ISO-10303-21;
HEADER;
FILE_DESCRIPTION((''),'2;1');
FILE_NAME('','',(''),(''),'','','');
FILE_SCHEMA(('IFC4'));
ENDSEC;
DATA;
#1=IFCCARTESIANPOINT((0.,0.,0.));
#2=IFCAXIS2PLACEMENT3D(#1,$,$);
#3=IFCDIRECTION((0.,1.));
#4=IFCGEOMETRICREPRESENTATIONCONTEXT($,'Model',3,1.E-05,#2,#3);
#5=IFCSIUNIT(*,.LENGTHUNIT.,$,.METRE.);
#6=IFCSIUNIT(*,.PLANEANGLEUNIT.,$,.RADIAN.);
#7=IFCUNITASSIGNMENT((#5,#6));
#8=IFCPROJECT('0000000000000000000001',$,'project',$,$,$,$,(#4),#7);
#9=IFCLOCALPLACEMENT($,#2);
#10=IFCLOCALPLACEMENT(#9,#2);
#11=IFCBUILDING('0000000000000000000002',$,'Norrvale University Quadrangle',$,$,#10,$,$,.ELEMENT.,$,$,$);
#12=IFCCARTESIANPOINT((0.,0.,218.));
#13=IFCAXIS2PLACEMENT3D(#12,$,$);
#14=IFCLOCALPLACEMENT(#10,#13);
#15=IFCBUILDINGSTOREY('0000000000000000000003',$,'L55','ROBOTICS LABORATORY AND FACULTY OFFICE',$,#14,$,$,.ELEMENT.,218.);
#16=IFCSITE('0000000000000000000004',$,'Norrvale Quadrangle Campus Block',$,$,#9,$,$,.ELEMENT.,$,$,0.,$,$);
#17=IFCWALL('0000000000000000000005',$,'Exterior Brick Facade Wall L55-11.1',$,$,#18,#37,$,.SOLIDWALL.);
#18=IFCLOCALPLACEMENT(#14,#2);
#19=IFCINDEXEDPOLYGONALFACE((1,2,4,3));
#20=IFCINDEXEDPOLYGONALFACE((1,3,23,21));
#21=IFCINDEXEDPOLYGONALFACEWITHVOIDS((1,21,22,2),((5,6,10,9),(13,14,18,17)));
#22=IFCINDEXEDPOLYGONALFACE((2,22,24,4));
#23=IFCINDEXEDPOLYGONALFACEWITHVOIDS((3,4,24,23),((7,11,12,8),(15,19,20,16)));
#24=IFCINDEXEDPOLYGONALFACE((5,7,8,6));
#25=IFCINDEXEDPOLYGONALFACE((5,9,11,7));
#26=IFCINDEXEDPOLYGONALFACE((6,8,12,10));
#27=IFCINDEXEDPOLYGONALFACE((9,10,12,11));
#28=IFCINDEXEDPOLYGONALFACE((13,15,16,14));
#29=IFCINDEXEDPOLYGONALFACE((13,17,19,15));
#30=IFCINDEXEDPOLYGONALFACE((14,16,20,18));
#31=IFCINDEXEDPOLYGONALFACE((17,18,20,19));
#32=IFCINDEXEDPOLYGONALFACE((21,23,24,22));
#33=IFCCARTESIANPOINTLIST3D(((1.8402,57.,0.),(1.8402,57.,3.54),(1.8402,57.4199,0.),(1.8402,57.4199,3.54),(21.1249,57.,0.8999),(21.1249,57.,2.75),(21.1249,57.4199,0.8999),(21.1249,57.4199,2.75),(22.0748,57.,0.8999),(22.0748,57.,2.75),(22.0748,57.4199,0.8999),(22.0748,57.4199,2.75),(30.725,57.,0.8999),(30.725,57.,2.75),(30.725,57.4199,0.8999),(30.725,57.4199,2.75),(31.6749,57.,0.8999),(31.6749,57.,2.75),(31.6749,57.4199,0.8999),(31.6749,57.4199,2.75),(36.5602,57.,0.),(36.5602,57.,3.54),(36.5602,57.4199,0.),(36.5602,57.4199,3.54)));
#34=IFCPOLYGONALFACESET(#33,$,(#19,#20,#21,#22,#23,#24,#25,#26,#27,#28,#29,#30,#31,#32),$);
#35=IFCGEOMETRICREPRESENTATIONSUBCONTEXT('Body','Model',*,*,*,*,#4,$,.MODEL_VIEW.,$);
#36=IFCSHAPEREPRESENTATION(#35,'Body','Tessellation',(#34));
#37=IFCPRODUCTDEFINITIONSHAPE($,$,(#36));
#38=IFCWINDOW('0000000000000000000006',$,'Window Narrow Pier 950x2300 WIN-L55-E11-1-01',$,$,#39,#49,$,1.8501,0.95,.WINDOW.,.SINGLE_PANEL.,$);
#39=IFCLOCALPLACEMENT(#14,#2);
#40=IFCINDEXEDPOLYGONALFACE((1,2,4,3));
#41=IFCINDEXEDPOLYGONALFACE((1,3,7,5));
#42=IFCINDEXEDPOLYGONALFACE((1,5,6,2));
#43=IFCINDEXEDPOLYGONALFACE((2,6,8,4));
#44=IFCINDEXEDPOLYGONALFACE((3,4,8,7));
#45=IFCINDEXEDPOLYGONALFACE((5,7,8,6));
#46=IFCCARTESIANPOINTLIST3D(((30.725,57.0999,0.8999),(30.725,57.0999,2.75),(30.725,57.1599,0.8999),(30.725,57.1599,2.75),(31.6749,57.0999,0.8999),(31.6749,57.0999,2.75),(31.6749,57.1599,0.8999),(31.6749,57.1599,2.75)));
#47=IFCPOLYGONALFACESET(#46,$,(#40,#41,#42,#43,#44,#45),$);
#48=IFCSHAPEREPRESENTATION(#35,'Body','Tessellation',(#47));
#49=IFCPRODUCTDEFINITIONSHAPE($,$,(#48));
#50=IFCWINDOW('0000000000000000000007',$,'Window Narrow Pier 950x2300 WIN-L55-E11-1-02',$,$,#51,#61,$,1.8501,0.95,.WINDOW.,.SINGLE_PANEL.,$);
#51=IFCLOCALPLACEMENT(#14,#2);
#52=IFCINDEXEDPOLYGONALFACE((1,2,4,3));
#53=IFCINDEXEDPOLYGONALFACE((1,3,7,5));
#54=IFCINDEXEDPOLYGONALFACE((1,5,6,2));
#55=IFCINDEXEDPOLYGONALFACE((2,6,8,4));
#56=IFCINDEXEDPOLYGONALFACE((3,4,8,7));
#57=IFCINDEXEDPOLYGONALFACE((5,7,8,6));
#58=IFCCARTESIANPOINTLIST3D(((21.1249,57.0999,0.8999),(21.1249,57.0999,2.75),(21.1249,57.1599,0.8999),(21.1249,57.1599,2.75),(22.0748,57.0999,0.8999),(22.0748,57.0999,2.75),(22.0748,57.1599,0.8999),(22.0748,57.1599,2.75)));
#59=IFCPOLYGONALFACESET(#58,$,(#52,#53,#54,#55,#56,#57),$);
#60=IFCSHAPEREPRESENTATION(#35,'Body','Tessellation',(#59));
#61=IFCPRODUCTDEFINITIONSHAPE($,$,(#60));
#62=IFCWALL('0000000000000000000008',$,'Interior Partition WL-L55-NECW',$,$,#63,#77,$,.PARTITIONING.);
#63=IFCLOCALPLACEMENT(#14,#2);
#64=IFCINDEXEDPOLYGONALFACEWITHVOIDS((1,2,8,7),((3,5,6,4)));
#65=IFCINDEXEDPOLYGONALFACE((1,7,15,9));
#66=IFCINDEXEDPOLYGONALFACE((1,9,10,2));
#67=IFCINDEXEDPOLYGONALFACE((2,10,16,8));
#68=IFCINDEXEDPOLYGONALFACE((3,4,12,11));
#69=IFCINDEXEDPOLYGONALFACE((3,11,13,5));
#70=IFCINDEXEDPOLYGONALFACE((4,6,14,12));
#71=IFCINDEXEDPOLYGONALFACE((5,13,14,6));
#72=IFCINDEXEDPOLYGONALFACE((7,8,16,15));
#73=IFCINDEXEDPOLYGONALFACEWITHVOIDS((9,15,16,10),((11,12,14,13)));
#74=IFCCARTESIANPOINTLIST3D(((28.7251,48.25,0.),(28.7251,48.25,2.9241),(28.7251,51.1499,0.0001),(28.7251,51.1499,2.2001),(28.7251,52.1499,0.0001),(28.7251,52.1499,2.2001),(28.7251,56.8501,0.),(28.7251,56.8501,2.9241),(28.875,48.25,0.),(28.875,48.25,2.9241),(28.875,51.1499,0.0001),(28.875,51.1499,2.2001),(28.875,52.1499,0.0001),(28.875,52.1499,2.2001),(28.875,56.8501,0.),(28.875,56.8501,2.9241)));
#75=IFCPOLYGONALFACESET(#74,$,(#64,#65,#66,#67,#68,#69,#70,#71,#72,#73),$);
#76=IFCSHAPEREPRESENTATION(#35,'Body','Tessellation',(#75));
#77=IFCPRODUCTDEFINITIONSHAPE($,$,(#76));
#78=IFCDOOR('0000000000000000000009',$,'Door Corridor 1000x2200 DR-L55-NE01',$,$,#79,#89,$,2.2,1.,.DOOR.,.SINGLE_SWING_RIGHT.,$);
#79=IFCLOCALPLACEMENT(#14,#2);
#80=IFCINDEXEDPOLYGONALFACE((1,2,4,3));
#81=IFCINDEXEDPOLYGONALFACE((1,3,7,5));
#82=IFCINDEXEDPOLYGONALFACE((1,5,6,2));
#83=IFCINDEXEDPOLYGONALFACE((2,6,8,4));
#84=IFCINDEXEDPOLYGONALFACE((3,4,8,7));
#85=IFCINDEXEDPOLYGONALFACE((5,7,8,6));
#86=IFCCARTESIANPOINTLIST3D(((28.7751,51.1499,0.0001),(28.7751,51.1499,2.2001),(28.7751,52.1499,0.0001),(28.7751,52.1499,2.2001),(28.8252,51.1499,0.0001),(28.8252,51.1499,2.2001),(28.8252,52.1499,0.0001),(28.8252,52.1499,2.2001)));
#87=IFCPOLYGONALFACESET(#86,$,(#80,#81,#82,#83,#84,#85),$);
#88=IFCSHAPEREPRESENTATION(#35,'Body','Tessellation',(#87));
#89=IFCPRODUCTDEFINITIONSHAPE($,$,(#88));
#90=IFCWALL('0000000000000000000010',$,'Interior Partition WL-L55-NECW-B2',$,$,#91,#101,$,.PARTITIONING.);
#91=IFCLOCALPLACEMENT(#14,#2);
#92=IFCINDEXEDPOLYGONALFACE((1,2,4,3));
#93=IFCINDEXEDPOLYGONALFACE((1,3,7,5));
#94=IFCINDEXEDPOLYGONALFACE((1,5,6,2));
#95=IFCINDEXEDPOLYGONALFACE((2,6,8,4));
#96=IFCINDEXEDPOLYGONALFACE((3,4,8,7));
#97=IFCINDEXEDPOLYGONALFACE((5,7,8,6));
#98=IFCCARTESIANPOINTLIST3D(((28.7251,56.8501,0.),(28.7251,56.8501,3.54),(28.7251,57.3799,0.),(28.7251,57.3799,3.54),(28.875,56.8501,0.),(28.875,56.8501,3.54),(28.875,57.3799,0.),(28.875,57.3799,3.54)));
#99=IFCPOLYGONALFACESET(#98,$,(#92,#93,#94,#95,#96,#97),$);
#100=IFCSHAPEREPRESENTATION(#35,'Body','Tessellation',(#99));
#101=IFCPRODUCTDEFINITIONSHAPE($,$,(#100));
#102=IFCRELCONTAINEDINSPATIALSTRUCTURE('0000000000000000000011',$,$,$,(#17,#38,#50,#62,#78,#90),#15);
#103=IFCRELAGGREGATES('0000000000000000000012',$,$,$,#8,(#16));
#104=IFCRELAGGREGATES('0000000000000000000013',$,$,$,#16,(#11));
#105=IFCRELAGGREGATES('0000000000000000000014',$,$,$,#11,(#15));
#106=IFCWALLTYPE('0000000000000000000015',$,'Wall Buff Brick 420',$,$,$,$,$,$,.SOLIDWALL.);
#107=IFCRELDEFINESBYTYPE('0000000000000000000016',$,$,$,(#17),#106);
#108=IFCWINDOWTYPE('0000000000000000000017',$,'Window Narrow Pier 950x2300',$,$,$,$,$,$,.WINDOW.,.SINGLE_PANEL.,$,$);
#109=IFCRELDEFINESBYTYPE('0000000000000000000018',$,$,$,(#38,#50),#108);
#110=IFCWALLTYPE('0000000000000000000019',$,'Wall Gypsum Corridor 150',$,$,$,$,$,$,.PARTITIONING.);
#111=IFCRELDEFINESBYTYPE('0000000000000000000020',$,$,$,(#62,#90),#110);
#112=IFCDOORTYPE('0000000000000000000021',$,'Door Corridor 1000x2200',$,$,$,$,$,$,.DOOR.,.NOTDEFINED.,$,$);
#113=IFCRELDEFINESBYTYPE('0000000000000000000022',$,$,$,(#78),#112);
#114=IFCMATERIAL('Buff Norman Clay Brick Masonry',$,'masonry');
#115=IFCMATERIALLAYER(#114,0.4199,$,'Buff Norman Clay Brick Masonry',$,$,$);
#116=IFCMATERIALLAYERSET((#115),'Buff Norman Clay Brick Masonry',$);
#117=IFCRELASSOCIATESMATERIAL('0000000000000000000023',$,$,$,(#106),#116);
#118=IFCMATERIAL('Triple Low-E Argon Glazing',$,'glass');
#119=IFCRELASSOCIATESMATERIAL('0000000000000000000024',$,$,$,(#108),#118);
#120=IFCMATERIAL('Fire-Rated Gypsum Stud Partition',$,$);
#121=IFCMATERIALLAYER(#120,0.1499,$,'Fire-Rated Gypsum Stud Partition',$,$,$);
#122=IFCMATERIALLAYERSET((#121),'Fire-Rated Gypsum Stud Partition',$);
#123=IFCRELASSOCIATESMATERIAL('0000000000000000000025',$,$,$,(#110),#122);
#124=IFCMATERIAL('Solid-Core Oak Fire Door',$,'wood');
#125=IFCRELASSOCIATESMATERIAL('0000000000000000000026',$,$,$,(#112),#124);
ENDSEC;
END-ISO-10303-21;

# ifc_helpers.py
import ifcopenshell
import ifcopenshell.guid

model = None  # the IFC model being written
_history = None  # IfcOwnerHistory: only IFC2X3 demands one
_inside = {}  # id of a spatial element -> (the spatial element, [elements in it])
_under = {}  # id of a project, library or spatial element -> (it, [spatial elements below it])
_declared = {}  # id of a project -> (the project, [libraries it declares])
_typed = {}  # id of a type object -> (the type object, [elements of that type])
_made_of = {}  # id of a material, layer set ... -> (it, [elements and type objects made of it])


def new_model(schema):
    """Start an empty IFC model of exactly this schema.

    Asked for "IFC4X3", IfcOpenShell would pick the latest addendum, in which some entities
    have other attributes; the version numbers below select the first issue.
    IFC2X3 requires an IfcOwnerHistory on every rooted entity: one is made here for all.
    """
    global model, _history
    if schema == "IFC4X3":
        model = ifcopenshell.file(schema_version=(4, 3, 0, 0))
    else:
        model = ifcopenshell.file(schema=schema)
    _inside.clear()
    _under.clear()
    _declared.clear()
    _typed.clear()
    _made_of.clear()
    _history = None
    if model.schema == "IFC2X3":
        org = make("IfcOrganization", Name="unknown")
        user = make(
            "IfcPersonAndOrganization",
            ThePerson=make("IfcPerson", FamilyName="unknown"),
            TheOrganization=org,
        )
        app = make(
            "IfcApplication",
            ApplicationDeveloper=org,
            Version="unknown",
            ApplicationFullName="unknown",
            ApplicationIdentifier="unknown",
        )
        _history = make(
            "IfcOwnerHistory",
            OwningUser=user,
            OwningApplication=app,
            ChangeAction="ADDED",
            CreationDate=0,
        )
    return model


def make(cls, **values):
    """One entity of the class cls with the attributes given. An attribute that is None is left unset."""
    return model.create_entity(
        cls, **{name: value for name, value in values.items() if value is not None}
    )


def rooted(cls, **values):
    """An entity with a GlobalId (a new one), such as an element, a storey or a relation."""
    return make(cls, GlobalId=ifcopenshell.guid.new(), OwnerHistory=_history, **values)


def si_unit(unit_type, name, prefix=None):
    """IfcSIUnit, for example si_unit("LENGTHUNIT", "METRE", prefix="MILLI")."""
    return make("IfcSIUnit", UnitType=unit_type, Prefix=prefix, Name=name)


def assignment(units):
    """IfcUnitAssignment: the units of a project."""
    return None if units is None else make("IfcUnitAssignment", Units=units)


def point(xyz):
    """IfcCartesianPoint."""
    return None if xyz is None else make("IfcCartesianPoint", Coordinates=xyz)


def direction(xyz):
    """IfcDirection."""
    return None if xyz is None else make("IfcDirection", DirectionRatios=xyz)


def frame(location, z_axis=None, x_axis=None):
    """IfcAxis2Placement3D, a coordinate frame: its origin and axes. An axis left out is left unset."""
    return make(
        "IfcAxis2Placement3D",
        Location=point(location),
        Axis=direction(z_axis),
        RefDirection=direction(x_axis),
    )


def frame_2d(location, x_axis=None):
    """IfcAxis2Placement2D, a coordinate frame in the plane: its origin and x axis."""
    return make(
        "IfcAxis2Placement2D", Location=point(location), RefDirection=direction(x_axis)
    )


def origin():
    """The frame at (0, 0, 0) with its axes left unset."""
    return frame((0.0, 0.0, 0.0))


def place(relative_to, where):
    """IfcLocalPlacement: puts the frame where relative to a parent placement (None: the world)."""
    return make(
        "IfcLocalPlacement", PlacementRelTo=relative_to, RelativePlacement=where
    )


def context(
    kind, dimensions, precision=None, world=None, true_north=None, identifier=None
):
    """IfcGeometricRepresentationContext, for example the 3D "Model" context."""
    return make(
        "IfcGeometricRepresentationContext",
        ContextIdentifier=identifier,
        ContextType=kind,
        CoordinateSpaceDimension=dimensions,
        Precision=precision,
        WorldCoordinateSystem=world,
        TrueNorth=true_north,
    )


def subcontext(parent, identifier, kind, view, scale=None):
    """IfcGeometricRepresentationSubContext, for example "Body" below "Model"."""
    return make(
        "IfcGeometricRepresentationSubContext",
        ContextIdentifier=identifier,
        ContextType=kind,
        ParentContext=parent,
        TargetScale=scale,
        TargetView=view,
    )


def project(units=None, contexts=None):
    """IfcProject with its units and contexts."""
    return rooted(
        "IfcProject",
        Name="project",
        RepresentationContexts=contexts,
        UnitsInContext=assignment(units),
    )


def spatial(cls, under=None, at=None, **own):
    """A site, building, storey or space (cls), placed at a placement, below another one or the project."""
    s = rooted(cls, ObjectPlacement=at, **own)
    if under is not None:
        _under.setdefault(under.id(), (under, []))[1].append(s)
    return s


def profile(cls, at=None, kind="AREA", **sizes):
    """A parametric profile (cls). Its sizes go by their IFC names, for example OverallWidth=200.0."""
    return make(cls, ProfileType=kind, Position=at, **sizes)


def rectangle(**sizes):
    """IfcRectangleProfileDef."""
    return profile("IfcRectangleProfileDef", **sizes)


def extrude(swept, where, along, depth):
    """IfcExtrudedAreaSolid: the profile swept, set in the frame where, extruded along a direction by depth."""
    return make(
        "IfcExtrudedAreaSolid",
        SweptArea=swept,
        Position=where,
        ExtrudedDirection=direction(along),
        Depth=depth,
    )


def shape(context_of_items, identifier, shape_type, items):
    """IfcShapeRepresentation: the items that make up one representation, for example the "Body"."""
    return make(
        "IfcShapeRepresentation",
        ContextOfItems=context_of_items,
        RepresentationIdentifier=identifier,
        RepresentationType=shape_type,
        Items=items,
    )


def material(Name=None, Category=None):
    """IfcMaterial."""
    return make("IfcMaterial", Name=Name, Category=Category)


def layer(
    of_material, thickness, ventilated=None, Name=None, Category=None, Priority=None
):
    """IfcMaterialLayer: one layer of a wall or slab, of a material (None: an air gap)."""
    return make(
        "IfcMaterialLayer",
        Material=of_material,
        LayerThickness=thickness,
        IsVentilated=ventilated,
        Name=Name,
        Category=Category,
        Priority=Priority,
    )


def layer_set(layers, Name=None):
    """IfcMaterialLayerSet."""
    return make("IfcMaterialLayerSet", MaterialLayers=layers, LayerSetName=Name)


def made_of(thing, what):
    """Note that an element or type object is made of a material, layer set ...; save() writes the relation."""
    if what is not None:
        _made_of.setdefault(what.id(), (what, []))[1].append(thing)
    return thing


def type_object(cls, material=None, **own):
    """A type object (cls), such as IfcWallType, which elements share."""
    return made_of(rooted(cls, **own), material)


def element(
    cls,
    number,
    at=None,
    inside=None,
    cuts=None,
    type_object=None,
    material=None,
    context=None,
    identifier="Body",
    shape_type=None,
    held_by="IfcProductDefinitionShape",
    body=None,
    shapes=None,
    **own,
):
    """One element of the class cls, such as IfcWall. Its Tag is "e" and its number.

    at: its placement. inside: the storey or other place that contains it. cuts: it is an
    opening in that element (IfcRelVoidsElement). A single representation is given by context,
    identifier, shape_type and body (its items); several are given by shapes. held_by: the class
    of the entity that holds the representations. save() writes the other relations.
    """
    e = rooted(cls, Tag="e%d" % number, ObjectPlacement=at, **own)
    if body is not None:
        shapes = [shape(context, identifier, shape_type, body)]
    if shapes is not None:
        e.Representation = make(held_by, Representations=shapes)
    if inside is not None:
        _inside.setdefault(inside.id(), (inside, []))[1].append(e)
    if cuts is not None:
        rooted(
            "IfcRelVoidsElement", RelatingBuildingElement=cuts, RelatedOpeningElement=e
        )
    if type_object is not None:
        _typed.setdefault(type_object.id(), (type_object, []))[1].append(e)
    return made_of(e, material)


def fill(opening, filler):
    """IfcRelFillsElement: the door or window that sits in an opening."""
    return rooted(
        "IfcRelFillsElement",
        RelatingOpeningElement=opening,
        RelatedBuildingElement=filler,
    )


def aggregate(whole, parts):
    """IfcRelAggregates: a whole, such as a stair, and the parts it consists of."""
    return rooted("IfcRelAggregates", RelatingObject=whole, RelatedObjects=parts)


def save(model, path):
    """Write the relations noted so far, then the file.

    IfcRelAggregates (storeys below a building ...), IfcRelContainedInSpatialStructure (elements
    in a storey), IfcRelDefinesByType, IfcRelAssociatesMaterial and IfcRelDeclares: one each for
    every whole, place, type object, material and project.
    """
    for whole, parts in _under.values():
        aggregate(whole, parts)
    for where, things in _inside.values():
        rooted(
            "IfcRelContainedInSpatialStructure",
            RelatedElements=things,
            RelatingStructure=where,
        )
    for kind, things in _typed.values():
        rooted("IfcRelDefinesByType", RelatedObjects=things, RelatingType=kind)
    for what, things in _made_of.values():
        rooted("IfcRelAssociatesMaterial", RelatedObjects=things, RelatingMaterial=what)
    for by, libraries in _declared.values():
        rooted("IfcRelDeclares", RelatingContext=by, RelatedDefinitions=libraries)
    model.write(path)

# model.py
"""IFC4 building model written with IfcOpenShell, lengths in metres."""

from ifc_helpers import new_model, si_unit, direction, frame, frame_2d, origin, place, context, subcontext, project, spatial, rectangle, extrude, material, layer, layer_set, type_object, element, fill, save


model = new_model("IFC4")

# Units and contexts
model_context = context("Model", 3, precision=1e-05, world=origin(), true_north=direction((0.0, 1.0)))
body_context = subcontext(model_context, "Body", "Model", "MODEL_VIEW")
ifc_project = project(units=[si_unit("LENGTHUNIT", "METRE"), si_unit("PLANEANGLEUNIT", "RADIAN")], contexts=[model_context])

# Site, building, storey
site_placement = place(None, origin())
site = spatial("IfcSite", under=ifc_project, at=site_placement, Name="Norrvale Quadrangle Campus Block", CompositionType="ELEMENT", RefElevation=0.0)
building_placement = place(site_placement, origin())
building = spatial("IfcBuilding", under=site, at=building_placement, Name="Norrvale University Quadrangle", CompositionType="ELEMENT")
storey_placement = place(building_placement, frame((0.0, 0.0, 218.0)))
storey = spatial("IfcBuildingStorey", under=building, at=storey_placement, Name="L55", Description="ROBOTICS LABORATORY AND FACULTY OFFICE", CompositionType="ELEMENT", Elevation=218.0)

# Shared definitions
ifc_material_1 = material(Name="Buff Norman Clay Brick Masonry", Category="masonry")
ifc_layer_1 = layer(ifc_material_1, 0.4199, Name="Buff Norman Clay Brick Masonry")
ifc_layer_set_1 = layer_set([ifc_layer_1], Name="Buff Norman Clay Brick Masonry")
wall_type_1 = type_object("IfcWallType", Name="Wall Buff Brick 420", PredefinedType="SOLIDWALL", material=ifc_layer_set_1)

# Shared definitions
ifc_material_2 = material(Name="Triple Low-E Argon Glazing", Category="glass")

# Wall, openings, windows
wall_1_placement = place(storey_placement, frame((36.5601, 57.21, 0.0), z_axis=(0.0, 0.0, 1.0), x_axis=(-1.0, 0.0, 0.0)))
wall_1 = element("IfcWall", 1, at=wall_1_placement, inside=storey, type_object=wall_type_1, Name="Exterior Brick Facade Wall L55-11.1", PredefinedType="SOLIDWALL", context=body_context, shape_type="SweptSolid", body=[
    extrude(rectangle(XDim=34.72, YDim=0.4199, at=frame_2d((17.3599, 0.0))), origin(), (0.0, 0.0, 1.0), 3.54),
])
opening_1_placement = place(wall_1_placement, frame((4.885, 0.0, 0.8999)))
opening_1 = element("IfcOpeningElement", 2, at=opening_1_placement, cuts=wall_1, PredefinedType="OPENING", context=body_context, shape_type="SweptSolid", body=[
    extrude(rectangle(XDim=0.95, YDim=1.8501, at=frame_2d((0.4751, 0.925))), frame((0.0, 0.2219, 0.0), z_axis=(0.0, -1.0, 0.0), x_axis=(1.0, 0.0, 0.0)), (0.0, 0.0, 1.0), 0.4438),
])
opening_2_placement = place(wall_1_placement, frame((14.4851, 0.0, 0.8999)))
opening_2 = element("IfcOpeningElement", 3, at=opening_2_placement, cuts=wall_1, PredefinedType="OPENING", context=body_context, shape_type="SweptSolid", body=[
    extrude(rectangle(XDim=0.95, YDim=1.8501, at=frame_2d((0.4751, 0.925))), frame((0.0, 0.2219, 0.0), z_axis=(0.0, -1.0, 0.0), x_axis=(1.0, 0.0, 0.0)), (0.0, 0.0, 1.0), 0.4438),
])
window_type_1 = type_object("IfcWindowType", Name="Window Narrow Pier 950x2300", PartitioningType="SINGLE_PANEL", PredefinedType="WINDOW", material=ifc_material_2)
window_1_placement = place(opening_1_placement, origin())
window_1 = element("IfcWindow", 4, at=window_1_placement, inside=storey, type_object=window_type_1, Name="Window Narrow Pier 950x2300 WIN-L55-E11-1-01", OverallHeight=1.8501, OverallWidth=0.95, PartitioningType="SINGLE_PANEL", PredefinedType="WINDOW", context=body_context, shape_type="SweptSolid", body=[
    extrude(rectangle(XDim=0.95, YDim=1.8501, at=frame_2d((0.4751, 0.925))), frame((0.0, 0.1101, 0.0), z_axis=(0.0, -1.0, 0.0), x_axis=(1.0, 0.0, 0.0)), (0.0, 0.0, 1.0), 0.0601),
])
fill(opening_1, window_1)
window_2_placement = place(opening_2_placement, origin())
window_2 = element("IfcWindow", 5, at=window_2_placement, inside=storey, type_object=window_type_1, Name="Window Narrow Pier 950x2300 WIN-L55-E11-1-02", OverallHeight=1.8501, OverallWidth=0.95, PartitioningType="SINGLE_PANEL", PredefinedType="WINDOW", context=body_context, shape_type="SweptSolid", body=[
    extrude(rectangle(XDim=0.95, YDim=1.8501, at=frame_2d((0.4751, 0.925))), frame((0.0, 0.1101, 0.0), z_axis=(0.0, -1.0, 0.0), x_axis=(1.0, 0.0, 0.0)), (0.0, 0.0, 1.0), 0.0601),
])
fill(opening_2, window_2)

# Wall, opening, door
ifc_material_3 = material(Name="Fire-Rated Gypsum Stud Partition")
ifc_layer_2 = layer(ifc_material_3, 0.1499, Name="Fire-Rated Gypsum Stud Partition")
ifc_layer_set_2 = layer_set([ifc_layer_2], Name="Fire-Rated Gypsum Stud Partition")
wall_type_2 = type_object("IfcWallType", Name="Wall Gypsum Corridor 150", PredefinedType="PARTITIONING", material=ifc_layer_set_2)
wall_2_placement = place(storey_placement, frame((28.8, 48.25, 0.0), z_axis=(0.0, 0.0, 1.0), x_axis=(0.0, 1.0, 0.0)))
wall_2 = element("IfcWall", 6, at=wall_2_placement, inside=storey, type_object=wall_type_2, Name="Interior Partition WL-L55-NECW", PredefinedType="PARTITIONING", context=body_context, shape_type="SweptSolid", body=[
    extrude(rectangle(XDim=8.6001, YDim=0.1499, at=frame_2d((4.3, 0.0))), origin(), (0.0, 0.0, 1.0), 2.9241),
])
opening_3_placement = place(wall_2_placement, frame((2.8999, 0.0, 0.0)))
opening_3 = element("IfcOpeningElement", 7, at=opening_3_placement, cuts=wall_2, PredefinedType="OPENING", context=body_context, shape_type="SweptSolid", body=[
    extrude(rectangle(XDim=1.0, YDim=2.2, at=frame_2d((0.5, 1.1001))), frame((0.0, 0.0869, 0.0), z_axis=(0.0, -1.0, 0.0), x_axis=(1.0, 0.0, 0.0)), (0.0, 0.0, 1.0), 0.1738),
])
ifc_material_4 = material(Name="Solid-Core Oak Fire Door", Category="wood")
door_type = type_object("IfcDoorType", Name="Door Corridor 1000x2200", OperationType="NOTDEFINED", PredefinedType="DOOR", material=ifc_material_4)
door_placement = place(opening_3_placement, origin())
door = element("IfcDoor", 8, at=door_placement, inside=storey, type_object=door_type, Name="Door Corridor 1000x2200 DR-L55-NE01", OperationType="SINGLE_SWING_RIGHT", OverallHeight=2.2, OverallWidth=1.0, PredefinedType="DOOR", context=body_context, shape_type="SweptSolid", body=[
    extrude(rectangle(XDim=1.0, YDim=2.2, at=frame_2d((0.5, 1.1001))), frame((0.0, 0.0249, 0.0), z_axis=(0.0, -1.0, 0.0), x_axis=(1.0, 0.0, 0.0)), (0.0, 0.0, 1.0), 0.05),
])
fill(opening_3, door)

# Wall
wall_3_placement = place(storey_placement, frame((28.8, 56.8501, 0.0), z_axis=(0.0, 0.0, 1.0), x_axis=(0.0, 1.0, 0.0)))
element("IfcWall", 9, at=wall_3_placement, inside=storey, type_object=wall_type_2, Name="Interior Partition WL-L55-NECW-B2", PredefinedType="PARTITIONING", context=body_context, shape_type="SweptSolid", body=[
    extrude(rectangle(XDim=0.5298, YDim=0.1499, at=frame_2d((0.2649, 0.0))), origin(), (0.0, 0.0, 1.0), 3.54),
])

save(model, "model.ifc")
